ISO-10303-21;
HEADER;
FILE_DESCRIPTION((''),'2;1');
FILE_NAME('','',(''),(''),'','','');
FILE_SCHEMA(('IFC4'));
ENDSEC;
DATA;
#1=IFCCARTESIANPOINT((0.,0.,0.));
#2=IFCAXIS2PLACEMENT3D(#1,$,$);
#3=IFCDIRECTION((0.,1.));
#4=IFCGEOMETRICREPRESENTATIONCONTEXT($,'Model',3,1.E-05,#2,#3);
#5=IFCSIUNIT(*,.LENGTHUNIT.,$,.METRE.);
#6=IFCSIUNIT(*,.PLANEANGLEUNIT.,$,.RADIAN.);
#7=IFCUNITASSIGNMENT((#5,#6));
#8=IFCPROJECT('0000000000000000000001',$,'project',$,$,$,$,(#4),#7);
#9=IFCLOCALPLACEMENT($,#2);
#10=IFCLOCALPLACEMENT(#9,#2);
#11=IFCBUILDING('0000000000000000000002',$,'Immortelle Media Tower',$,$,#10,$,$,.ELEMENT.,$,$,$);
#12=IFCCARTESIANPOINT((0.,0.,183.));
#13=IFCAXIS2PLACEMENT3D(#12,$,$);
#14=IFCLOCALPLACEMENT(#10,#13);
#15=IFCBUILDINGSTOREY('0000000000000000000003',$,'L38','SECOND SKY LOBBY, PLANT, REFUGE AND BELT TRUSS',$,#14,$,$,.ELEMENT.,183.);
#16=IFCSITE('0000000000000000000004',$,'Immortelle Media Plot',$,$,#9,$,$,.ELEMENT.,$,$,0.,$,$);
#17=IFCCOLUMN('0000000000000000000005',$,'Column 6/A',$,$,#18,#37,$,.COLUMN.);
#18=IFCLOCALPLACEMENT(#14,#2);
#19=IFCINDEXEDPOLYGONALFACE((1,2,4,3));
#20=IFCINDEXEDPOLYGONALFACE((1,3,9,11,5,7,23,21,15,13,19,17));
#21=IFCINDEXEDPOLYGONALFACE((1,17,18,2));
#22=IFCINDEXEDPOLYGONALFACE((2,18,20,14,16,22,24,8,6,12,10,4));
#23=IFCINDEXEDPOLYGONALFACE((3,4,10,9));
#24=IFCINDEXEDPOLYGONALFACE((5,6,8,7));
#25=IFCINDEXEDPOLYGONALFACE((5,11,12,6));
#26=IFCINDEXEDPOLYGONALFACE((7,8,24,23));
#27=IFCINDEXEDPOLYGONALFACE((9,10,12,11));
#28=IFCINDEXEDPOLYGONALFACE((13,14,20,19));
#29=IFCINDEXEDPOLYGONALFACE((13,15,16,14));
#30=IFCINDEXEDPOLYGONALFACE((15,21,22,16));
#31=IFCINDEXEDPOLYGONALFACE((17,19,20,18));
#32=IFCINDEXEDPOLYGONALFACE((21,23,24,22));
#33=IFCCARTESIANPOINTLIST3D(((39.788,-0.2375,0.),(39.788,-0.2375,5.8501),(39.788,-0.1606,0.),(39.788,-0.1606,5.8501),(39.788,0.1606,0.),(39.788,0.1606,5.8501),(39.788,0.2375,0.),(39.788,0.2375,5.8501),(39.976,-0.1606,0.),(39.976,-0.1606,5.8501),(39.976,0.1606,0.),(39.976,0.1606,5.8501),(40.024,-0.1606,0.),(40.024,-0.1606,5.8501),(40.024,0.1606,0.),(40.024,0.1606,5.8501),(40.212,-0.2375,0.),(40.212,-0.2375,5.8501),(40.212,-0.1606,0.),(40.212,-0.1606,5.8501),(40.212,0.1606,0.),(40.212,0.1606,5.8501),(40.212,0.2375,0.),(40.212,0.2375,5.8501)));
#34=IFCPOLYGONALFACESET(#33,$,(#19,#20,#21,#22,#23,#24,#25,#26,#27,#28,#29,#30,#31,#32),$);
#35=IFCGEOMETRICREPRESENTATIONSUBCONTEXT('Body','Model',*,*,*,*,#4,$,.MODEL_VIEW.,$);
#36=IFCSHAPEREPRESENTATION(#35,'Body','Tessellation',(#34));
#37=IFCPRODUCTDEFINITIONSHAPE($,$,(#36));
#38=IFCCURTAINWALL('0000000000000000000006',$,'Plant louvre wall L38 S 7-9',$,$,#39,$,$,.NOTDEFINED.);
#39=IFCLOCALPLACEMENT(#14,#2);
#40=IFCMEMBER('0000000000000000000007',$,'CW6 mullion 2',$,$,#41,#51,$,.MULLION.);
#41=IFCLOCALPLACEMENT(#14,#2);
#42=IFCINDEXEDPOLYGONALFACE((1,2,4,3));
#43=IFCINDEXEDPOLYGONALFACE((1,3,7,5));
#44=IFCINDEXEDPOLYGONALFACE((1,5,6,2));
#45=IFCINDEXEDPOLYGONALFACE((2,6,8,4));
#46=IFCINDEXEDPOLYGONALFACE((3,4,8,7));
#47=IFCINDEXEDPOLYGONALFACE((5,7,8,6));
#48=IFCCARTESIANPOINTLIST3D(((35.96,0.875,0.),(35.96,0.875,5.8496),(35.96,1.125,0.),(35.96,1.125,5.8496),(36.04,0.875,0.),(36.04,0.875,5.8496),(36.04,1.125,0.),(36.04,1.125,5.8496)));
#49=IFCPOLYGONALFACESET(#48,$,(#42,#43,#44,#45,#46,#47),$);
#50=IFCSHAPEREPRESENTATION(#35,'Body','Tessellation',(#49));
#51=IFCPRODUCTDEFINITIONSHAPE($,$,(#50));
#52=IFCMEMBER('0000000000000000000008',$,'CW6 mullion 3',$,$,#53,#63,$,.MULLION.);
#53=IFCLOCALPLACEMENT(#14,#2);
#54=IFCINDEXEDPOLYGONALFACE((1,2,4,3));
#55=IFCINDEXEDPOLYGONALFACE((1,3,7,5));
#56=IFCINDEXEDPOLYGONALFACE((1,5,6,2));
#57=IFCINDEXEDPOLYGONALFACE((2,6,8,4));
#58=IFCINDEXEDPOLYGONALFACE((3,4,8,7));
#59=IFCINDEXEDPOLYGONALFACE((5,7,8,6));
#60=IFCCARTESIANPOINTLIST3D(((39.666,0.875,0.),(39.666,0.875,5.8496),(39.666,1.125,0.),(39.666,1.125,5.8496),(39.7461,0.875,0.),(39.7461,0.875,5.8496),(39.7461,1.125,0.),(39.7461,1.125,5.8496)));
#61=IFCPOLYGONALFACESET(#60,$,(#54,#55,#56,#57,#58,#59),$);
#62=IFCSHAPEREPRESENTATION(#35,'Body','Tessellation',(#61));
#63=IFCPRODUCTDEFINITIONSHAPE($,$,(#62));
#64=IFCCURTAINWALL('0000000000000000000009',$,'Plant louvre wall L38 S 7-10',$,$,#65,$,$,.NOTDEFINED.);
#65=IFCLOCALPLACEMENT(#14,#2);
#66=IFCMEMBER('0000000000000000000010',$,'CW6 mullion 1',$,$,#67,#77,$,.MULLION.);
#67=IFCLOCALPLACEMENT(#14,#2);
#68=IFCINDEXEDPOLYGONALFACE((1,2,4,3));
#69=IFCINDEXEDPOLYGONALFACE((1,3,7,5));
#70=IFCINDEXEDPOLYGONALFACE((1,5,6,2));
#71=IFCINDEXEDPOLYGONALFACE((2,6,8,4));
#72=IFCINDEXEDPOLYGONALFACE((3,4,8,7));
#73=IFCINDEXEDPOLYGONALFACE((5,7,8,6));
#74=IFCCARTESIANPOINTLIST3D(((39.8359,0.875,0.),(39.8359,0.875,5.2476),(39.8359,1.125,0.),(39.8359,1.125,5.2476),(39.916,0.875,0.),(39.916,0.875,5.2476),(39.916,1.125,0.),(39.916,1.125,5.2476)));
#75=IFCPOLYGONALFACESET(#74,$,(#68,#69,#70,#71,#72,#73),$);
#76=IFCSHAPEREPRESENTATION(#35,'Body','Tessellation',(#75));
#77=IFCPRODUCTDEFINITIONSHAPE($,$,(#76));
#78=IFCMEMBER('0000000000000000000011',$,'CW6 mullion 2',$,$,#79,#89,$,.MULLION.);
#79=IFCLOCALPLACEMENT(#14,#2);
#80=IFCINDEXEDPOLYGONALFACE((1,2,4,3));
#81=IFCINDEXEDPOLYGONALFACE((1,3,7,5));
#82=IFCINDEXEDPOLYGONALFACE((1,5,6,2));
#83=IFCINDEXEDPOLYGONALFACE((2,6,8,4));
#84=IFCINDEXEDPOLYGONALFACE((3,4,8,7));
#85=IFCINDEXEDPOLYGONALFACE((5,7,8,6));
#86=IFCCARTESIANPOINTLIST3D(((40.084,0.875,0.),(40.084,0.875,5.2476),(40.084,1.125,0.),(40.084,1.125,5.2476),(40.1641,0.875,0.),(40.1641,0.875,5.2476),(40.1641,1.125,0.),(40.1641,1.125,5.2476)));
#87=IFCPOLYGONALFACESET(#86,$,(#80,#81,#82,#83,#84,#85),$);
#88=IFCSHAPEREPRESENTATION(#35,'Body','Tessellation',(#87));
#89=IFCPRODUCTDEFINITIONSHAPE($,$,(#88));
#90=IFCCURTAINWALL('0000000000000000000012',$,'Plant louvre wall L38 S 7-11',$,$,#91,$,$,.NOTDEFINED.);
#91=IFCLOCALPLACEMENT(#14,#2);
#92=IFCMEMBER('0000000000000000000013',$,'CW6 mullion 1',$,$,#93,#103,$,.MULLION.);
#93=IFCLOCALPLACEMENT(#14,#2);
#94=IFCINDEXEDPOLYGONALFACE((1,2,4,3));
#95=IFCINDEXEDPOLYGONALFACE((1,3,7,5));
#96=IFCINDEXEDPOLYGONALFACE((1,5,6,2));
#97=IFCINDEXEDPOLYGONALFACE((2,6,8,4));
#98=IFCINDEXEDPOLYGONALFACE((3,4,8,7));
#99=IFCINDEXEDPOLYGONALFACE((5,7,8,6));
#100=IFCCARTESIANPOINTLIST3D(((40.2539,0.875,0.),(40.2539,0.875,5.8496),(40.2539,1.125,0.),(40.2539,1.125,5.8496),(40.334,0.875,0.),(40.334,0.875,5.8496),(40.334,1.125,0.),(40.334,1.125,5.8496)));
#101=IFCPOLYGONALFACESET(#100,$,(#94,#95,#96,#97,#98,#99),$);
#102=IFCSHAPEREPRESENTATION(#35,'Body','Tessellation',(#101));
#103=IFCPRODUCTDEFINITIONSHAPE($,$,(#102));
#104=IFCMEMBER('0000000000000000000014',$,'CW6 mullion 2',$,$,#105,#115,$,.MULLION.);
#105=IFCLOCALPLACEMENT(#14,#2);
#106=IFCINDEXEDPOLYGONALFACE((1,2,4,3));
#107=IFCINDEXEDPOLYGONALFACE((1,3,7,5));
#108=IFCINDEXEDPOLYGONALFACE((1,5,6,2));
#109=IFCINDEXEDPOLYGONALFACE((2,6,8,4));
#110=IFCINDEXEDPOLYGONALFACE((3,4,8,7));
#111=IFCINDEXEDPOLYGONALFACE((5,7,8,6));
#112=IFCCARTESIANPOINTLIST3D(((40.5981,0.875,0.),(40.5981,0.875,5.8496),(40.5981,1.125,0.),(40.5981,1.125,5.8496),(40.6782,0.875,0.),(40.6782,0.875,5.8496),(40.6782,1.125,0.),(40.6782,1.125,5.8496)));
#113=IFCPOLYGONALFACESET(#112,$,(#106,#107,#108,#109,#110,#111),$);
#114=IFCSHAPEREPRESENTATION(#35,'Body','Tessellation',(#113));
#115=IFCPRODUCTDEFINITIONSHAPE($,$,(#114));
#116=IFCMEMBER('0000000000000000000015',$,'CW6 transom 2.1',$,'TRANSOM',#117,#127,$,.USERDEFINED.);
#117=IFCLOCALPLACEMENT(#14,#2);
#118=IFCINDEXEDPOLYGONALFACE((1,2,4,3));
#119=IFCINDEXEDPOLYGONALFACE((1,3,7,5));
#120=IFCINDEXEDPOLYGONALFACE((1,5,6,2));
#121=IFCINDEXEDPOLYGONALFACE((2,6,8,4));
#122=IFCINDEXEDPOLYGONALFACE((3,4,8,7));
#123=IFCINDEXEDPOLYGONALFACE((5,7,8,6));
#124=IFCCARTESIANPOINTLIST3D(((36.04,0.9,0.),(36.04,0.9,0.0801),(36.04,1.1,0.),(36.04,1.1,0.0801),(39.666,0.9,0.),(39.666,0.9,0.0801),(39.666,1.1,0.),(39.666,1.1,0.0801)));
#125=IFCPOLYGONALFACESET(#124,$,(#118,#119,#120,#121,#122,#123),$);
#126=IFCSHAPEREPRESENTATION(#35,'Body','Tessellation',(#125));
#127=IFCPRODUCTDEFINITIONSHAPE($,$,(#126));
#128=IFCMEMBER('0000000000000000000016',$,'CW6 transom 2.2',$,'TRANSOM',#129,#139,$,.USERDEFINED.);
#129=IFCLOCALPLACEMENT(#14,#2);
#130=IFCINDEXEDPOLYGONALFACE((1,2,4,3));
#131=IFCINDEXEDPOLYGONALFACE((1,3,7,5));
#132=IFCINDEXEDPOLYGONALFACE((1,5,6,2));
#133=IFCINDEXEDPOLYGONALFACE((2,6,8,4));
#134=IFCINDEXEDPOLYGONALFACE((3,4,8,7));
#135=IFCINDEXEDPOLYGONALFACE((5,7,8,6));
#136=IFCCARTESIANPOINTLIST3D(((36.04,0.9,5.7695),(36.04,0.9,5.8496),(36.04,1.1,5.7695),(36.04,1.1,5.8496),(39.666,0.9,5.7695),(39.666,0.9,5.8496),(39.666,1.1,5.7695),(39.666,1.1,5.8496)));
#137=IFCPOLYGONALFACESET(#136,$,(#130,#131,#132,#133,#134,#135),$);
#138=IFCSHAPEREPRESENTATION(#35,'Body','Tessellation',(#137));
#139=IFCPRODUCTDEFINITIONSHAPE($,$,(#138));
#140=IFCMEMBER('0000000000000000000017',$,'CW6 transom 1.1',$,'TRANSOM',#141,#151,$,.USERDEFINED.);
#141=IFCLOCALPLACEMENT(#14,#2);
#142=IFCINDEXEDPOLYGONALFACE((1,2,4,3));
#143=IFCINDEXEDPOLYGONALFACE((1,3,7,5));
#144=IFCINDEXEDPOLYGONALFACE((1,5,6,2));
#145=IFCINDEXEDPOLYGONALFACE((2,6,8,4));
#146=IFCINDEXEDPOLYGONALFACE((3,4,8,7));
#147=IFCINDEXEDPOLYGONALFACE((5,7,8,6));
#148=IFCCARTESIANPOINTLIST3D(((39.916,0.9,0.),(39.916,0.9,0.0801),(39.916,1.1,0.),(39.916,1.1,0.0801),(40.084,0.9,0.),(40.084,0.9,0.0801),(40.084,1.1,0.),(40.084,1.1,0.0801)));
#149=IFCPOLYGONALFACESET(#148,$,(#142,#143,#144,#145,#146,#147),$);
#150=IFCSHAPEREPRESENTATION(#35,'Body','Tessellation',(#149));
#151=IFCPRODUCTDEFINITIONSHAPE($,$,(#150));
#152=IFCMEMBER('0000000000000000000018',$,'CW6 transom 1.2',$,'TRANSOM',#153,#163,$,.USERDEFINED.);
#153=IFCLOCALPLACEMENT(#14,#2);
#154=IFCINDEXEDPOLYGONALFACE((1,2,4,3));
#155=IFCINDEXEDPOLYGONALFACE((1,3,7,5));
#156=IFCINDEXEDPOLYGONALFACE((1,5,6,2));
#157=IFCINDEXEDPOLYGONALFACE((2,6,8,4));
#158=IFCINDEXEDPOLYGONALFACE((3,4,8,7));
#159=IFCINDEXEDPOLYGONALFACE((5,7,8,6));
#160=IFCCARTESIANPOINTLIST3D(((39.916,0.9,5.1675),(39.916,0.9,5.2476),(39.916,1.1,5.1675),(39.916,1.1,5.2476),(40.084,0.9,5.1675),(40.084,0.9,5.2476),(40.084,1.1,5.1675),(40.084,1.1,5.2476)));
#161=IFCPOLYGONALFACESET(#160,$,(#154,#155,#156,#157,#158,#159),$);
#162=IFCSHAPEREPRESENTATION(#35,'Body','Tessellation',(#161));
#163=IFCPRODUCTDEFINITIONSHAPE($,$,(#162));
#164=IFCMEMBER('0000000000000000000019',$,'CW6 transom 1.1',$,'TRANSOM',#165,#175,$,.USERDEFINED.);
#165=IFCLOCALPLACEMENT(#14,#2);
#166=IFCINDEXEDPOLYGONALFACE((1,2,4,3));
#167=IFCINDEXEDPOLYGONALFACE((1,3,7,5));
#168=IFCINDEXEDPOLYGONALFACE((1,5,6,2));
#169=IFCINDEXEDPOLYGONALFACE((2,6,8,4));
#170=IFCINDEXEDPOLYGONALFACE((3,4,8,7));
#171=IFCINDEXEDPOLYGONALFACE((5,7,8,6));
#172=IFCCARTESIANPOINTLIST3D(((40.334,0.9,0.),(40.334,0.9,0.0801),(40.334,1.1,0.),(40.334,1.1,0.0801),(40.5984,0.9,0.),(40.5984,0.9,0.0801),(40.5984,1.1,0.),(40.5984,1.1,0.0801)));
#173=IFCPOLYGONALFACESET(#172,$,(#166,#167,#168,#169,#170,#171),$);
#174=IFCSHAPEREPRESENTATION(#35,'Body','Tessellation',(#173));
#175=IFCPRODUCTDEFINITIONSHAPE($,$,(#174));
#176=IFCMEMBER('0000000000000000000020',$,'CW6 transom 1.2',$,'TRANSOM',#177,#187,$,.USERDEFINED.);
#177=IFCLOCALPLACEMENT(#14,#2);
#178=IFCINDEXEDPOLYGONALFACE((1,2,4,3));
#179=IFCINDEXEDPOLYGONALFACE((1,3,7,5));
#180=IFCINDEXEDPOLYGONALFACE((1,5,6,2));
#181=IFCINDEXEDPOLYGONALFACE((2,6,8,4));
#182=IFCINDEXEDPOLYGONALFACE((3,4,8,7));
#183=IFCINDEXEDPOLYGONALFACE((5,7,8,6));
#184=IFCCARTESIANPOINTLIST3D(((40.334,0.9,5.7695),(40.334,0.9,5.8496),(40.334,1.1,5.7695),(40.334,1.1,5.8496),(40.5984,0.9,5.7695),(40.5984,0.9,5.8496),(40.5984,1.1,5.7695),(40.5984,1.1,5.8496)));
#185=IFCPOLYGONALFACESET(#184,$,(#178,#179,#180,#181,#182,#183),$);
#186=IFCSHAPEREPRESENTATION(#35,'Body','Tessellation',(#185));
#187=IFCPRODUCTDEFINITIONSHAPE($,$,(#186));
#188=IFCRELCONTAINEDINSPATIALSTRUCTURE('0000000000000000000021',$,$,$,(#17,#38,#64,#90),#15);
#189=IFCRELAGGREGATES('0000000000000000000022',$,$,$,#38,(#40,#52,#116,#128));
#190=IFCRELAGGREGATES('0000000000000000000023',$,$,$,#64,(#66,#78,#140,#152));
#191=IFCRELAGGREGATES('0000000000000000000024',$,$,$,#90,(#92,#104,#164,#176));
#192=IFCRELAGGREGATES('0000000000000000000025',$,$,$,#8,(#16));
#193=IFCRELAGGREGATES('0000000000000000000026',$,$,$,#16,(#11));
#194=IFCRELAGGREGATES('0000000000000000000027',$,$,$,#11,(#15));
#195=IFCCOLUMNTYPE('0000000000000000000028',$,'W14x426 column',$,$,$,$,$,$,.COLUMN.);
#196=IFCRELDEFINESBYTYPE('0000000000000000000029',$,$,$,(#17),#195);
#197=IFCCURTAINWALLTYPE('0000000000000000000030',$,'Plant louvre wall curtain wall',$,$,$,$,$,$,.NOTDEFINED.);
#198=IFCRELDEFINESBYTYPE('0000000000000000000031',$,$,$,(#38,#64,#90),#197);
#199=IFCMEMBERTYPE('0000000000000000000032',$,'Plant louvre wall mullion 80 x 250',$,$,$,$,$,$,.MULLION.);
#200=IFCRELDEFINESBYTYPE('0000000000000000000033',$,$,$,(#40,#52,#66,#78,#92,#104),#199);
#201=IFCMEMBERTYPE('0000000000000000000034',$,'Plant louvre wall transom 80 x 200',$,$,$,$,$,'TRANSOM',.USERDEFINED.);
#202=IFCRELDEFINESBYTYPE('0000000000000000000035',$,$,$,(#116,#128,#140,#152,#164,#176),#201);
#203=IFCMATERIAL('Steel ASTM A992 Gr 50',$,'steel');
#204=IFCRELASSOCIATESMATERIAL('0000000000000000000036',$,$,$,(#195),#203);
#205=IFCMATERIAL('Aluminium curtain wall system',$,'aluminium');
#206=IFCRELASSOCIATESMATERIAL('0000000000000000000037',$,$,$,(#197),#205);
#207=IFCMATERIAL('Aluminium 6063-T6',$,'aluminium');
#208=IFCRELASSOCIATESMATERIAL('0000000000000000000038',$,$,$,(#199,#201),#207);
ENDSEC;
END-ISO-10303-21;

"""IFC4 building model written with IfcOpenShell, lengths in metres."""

from ifc_helpers import new_model, si_unit, direction, frame, origin, origin_2d, place, context, subcontext, project, spatial, rectangle, i_section, extrude, material, material_profile, profile_set, type_object, element, aggregate, save


model = new_model("IFC4")

# Units and contexts
model_context = context("Model", 3, precision=1e-05, world=origin(), true_north=direction((0.0, 1.0)))
body_context = subcontext(model_context, "Body", "Model", "MODEL_VIEW")
ifc_project = project(units=[si_unit("LENGTHUNIT", "METRE"), si_unit("PLANEANGLEUNIT", "RADIAN")], contexts=[model_context])

# Site, building, storey
site_placement = place(None, origin())
site = spatial("IfcSite", under=ifc_project, at=site_placement, Name="Immortelle Media Plot", CompositionType="ELEMENT", RefElevation=0.0)
building_placement = place(site_placement, origin())
building = spatial("IfcBuilding", under=site, at=building_placement, Name="Immortelle Media Tower", CompositionType="ELEMENT")
storey_placement = place(building_placement, frame((0.0, 0.0, 183.0)))
storey = spatial("IfcBuildingStorey", under=building, at=storey_placement, Name="L38", Description="SECOND SKY LOBBY, PLANT, REFUGE AND BELT TRUSS", CompositionType="ELEMENT", Elevation=183.0)

# Column
ifc_material_1 = material(Name="Steel ASTM A992 Gr 50", Category="steel")
ifc_material_profile_1 = material_profile(ifc_material_1, i_section(OverallWidth=0.4241, OverallDepth=0.4751, WebThickness=0.0481, FlangeThickness=0.0769, at=origin_2d()), Name="W14x426")
ifc_profile_set_1 = profile_set([ifc_material_profile_1], Name="Steel ASTM A992 Gr 50")
column_type = type_object("IfcColumnType", Name="W14x426 column", PredefinedType="COLUMN", material=ifc_profile_set_1)
column_placement = place(storey_placement, frame((40.0, 0.0, 0.0), z_axis=(0.0, 0.0, 1.0), x_axis=(1.0, 0.0, 0.0)))
element("IfcColumn", 1, at=column_placement, inside=storey, type_object=column_type, Name="Column 6/A", PredefinedType="COLUMN", context=body_context, shape_type="SweptSolid", body=[
    extrude(i_section(OverallWidth=0.4241, OverallDepth=0.4751, WebThickness=0.0481, FlangeThickness=0.0769, at=origin_2d()), origin(), (0.0, 0.0, 1.0), 5.8501),
])

# Curtain walls, members
ifc_material_2 = material(Name="Aluminium curtain wall system", Category="aluminium")
curtain_wall_type = type_object("IfcCurtainWallType", Name="Plant louvre wall curtain wall", PredefinedType="NOTDEFINED", material=ifc_material_2)
curtain_wall_1_placement = place(storey_placement, origin())
curtain_wall_1 = element("IfcCurtainWall", 2, at=curtain_wall_1_placement, inside=storey, type_object=curtain_wall_type, Name="Plant louvre wall L38 S 7-9", PredefinedType="NOTDEFINED")
ifc_material_3 = material(Name="Aluminium 6063-T6", Category="aluminium")
ifc_material_profile_2 = material_profile(ifc_material_3, rectangle(XDim=0.25, YDim=0.0801, at=origin_2d()), Name="AL 80x250")
ifc_profile_set_2 = profile_set([ifc_material_profile_2], Name="Aluminium 6063-T6")
member_type_1 = type_object("IfcMemberType", Name="Plant louvre wall mullion 80 x 250", PredefinedType="MULLION", material=ifc_profile_set_2)
member_1_placement = place(storey_placement, frame((36.0, 1.0, 0.0), z_axis=(0.0, 0.0, 1.0), x_axis=(0.0, 1.0, 0.0)))
member_1 = element("IfcMember", 3, at=member_1_placement, type_object=member_type_1, Name="CW6 mullion 2", PredefinedType="MULLION", context=body_context, shape_type="SweptSolid", body=[
    extrude(rectangle(XDim=0.25, YDim=0.0801, at=origin_2d()), origin(), (0.0, 0.0, 1.0), 5.8496),
])
member_2_placement = place(storey_placement, frame((39.7061, 1.0, 0.0), z_axis=(0.0, 0.0, 1.0), x_axis=(0.0, 1.0, 0.0)))
member_2 = element("IfcMember", 4, at=member_2_placement, type_object=member_type_1, Name="CW6 mullion 3", PredefinedType="MULLION", context=body_context, shape_type="SweptSolid", body=[
    extrude(rectangle(XDim=0.25, YDim=0.0801, at=origin_2d()), origin(), (0.0, 0.0, 1.0), 5.8496),
])
curtain_wall_2_placement = place(storey_placement, origin())
curtain_wall_2 = element("IfcCurtainWall", 5, at=curtain_wall_2_placement, inside=storey, type_object=curtain_wall_type, Name="Plant louvre wall L38 S 7-10", PredefinedType="NOTDEFINED")
member_3_placement = place(storey_placement, frame((39.876, 1.0, 0.0), z_axis=(0.0, 0.0, 1.0), x_axis=(0.0, 1.0, 0.0)))
member_3 = element("IfcMember", 6, at=member_3_placement, type_object=member_type_1, Name="CW6 mullion 1", PredefinedType="MULLION", context=body_context, shape_type="SweptSolid", body=[
    extrude(rectangle(XDim=0.25, YDim=0.0801, at=origin_2d()), origin(), (0.0, 0.0, 1.0), 5.2476),
])
member_4_placement = place(storey_placement, frame((40.124, 1.0, 0.0), z_axis=(0.0, 0.0, 1.0), x_axis=(0.0, 1.0, 0.0)))
member_4 = element("IfcMember", 7, at=member_4_placement, type_object=member_type_1, Name="CW6 mullion 2", PredefinedType="MULLION", context=body_context, shape_type="SweptSolid", body=[
    extrude(rectangle(XDim=0.25, YDim=0.0801, at=origin_2d()), origin(), (0.0, 0.0, 1.0), 5.2476),
])
curtain_wall_3_placement = place(storey_placement, origin())
curtain_wall_3 = element("IfcCurtainWall", 8, at=curtain_wall_3_placement, inside=storey, type_object=curtain_wall_type, Name="Plant louvre wall L38 S 7-11", PredefinedType="NOTDEFINED")
member_5_placement = place(storey_placement, frame((40.2939, 1.0, 0.0), z_axis=(0.0, 0.0, 1.0), x_axis=(0.0, 1.0, 0.0)))
member_5 = element("IfcMember", 9, at=member_5_placement, type_object=member_type_1, Name="CW6 mullion 1", PredefinedType="MULLION", context=body_context, shape_type="SweptSolid", body=[
    extrude(rectangle(XDim=0.25, YDim=0.0801, at=origin_2d()), origin(), (0.0, 0.0, 1.0), 5.8496),
])
member_6_placement = place(storey_placement, frame((40.6382, 1.0, 0.0), z_axis=(0.0, 0.0, 1.0), x_axis=(0.0, 1.0, 0.0)))
member_6 = element("IfcMember", 10, at=member_6_placement, type_object=member_type_1, Name="CW6 mullion 2", PredefinedType="MULLION", context=body_context, shape_type="SweptSolid", body=[
    extrude(rectangle(XDim=0.25, YDim=0.0801, at=origin_2d()), origin(), (0.0, 0.0, 1.0), 5.8496),
])

# Members
ifc_material_profile_3 = material_profile(ifc_material_3, rectangle(XDim=0.2, YDim=0.0801, at=origin_2d()), Name="AL 80x200")
ifc_profile_set_3 = profile_set([ifc_material_profile_3], Name="Aluminium 6063-T6")
member_type_2 = type_object("IfcMemberType", Name="Plant louvre wall transom 80 x 200", ElementType="TRANSOM", PredefinedType="USERDEFINED", material=ifc_profile_set_3)
member_7_placement = place(storey_placement, frame((36.04, 1.0, 0.04), z_axis=(1.0, 0.0, 0.0), x_axis=(0.0, 1.0, 0.0)))
member_7 = element("IfcMember", 11, at=member_7_placement, type_object=member_type_2, Name="CW6 transom 2.1", ObjectType="TRANSOM", PredefinedType="USERDEFINED", context=body_context, shape_type="SweptSolid", body=[
    extrude(rectangle(XDim=0.2, YDim=0.0801, at=origin_2d()), origin(), (0.0, 0.0, 1.0), 3.626),
])
member_8_placement = place(storey_placement, frame((36.04, 1.0, 5.8096), z_axis=(1.0, 0.0, 0.0), x_axis=(0.0, 1.0, 0.0)))
member_8 = element("IfcMember", 12, at=member_8_placement, type_object=member_type_2, Name="CW6 transom 2.2", ObjectType="TRANSOM", PredefinedType="USERDEFINED", context=body_context, shape_type="SweptSolid", body=[
    extrude(rectangle(XDim=0.2, YDim=0.0801, at=origin_2d()), origin(), (0.0, 0.0, 1.0), 3.626),
])
member_9_placement = place(storey_placement, frame((39.916, 1.0, 0.04), z_axis=(1.0, 0.0, 0.0), x_axis=(0.0, 1.0, 0.0)))
member_9 = element("IfcMember", 13, at=member_9_placement, type_object=member_type_2, Name="CW6 transom 1.1", ObjectType="TRANSOM", PredefinedType="USERDEFINED", context=body_context, shape_type="SweptSolid", body=[
    extrude(rectangle(XDim=0.2, YDim=0.0801, at=origin_2d()), origin(), (0.0, 0.0, 1.0), 0.168),
])
member_10_placement = place(storey_placement, frame((39.916, 1.0, 5.2075), z_axis=(1.0, 0.0, 0.0), x_axis=(0.0, 1.0, 0.0)))
member_10 = element("IfcMember", 14, at=member_10_placement, type_object=member_type_2, Name="CW6 transom 1.2", ObjectType="TRANSOM", PredefinedType="USERDEFINED", context=body_context, shape_type="SweptSolid", body=[
    extrude(rectangle(XDim=0.2, YDim=0.0801, at=origin_2d()), origin(), (0.0, 0.0, 1.0), 0.168),
])
member_11_placement = place(storey_placement, frame((40.334, 1.0, 0.04), z_axis=(1.0, 0.0, 0.0), x_axis=(0.0, 1.0, 0.0)))
member_11 = element("IfcMember", 15, at=member_11_placement, type_object=member_type_2, Name="CW6 transom 1.1", ObjectType="TRANSOM", PredefinedType="USERDEFINED", context=body_context, shape_type="SweptSolid", body=[
    extrude(rectangle(XDim=0.2, YDim=0.0801, at=origin_2d()), origin(), (0.0, 0.0, 1.0), 0.2644),
])
member_12_placement = place(storey_placement, frame((40.334, 1.0, 5.8096), z_axis=(1.0, 0.0, 0.0), x_axis=(0.0, 1.0, 0.0)))
member_12 = element("IfcMember", 16, at=member_12_placement, type_object=member_type_2, Name="CW6 transom 1.2", ObjectType="TRANSOM", PredefinedType="USERDEFINED", context=body_context, shape_type="SweptSolid", body=[
    extrude(rectangle(XDim=0.2, YDim=0.0801, at=origin_2d()), origin(), (0.0, 0.0, 1.0), 0.2644),
])

aggregate(curtain_wall_1, [member_1, member_2, member_7, member_8])
aggregate(curtain_wall_2, [member_3, member_4, member_9, member_10])
aggregate(curtain_wall_3, [member_5, member_6, member_11, member_12])

save(model, "model.ifc")
